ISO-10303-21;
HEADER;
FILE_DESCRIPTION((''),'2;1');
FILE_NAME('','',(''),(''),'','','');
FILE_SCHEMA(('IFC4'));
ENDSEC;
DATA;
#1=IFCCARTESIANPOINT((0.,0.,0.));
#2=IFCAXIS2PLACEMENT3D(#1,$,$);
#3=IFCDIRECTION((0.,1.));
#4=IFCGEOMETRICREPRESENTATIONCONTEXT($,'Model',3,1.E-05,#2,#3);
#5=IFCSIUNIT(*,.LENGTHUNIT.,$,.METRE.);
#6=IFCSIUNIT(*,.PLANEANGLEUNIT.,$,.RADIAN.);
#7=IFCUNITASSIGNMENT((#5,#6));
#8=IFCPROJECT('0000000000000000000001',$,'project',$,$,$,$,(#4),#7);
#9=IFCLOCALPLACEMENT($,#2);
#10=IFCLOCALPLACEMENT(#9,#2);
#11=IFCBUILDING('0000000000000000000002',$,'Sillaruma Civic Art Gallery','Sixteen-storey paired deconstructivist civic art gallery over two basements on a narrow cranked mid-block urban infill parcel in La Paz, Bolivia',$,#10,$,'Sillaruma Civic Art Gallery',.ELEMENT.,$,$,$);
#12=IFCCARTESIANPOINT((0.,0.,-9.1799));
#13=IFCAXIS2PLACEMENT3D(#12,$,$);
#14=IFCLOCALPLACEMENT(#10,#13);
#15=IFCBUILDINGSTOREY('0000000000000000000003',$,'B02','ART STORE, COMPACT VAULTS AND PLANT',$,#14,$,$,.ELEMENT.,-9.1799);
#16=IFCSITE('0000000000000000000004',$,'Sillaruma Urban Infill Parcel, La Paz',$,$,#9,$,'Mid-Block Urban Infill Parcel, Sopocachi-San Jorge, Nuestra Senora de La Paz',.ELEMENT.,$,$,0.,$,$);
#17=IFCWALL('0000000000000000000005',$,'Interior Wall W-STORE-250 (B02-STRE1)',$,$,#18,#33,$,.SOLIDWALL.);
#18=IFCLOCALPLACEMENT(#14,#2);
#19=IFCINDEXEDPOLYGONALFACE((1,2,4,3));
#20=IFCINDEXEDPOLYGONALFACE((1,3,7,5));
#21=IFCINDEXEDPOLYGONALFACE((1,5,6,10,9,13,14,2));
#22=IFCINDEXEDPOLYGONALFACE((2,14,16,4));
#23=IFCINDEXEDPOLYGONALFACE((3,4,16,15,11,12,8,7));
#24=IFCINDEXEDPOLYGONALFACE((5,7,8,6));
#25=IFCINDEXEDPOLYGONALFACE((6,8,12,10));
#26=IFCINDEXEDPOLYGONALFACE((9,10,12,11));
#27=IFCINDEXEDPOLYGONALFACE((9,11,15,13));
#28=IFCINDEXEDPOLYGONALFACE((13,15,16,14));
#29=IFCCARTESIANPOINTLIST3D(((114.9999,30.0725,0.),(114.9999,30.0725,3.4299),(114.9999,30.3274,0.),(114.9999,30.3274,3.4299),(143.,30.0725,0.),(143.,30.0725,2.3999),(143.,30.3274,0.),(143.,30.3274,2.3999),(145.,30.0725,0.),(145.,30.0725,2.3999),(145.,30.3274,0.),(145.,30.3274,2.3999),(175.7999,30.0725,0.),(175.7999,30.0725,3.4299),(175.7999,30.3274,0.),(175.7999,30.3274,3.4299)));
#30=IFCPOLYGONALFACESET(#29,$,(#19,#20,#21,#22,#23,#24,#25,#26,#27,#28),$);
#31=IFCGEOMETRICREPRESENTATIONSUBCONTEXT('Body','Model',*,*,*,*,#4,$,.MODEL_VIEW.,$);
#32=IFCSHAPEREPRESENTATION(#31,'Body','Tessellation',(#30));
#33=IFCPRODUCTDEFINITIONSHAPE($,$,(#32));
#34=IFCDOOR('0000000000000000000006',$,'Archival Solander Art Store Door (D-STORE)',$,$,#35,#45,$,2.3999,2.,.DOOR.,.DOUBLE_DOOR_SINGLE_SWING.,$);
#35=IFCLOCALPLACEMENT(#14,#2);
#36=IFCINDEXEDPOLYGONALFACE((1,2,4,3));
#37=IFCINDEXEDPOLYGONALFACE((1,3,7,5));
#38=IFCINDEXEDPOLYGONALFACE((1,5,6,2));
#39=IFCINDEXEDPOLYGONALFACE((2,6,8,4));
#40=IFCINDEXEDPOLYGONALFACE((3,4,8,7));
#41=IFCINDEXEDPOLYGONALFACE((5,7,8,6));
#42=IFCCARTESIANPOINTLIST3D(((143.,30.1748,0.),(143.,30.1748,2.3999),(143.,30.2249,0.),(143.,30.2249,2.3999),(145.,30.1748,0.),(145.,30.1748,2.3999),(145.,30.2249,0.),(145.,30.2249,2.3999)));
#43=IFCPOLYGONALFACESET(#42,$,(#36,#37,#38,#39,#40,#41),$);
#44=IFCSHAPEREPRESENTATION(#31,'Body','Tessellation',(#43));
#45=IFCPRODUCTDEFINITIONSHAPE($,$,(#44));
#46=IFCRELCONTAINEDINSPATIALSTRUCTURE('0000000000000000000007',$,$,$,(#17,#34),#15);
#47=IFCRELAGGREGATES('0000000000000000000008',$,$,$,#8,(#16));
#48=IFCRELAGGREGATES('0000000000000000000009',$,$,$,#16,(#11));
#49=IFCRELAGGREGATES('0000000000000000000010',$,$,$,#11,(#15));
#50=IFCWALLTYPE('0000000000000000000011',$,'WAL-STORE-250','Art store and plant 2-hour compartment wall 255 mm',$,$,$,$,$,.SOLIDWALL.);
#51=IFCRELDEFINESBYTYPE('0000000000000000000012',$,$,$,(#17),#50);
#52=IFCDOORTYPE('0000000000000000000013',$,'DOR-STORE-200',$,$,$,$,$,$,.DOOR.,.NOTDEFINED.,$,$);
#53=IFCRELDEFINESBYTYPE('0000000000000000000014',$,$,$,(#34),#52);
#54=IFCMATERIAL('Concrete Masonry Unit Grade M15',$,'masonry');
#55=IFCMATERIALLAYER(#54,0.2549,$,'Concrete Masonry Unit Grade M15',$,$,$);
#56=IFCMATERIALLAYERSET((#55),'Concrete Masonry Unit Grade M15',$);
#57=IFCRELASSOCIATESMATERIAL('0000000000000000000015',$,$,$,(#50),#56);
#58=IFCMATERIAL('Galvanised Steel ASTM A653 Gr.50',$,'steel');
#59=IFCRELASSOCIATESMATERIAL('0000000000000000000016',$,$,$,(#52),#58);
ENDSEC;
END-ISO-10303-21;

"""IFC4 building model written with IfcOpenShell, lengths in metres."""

from ifc_helpers import new_model, si_unit, direction, frame, frame_2d, origin, place, context, subcontext, project, spatial, rectangle, extrude, material, layer, layer_set, type_object, element, fill, save


model = new_model("IFC4")

# Units and contexts
model_context = context("Model", 3, precision=1e-05, world=origin(), true_north=direction((0.0, 1.0)))
body_context = subcontext(model_context, "Body", "Model", "MODEL_VIEW")
ifc_project = project(units=[si_unit("LENGTHUNIT", "METRE"), si_unit("PLANEANGLEUNIT", "RADIAN")], contexts=[model_context])

# Site, building, storey
site_placement = place(None, origin())
site = spatial("IfcSite", under=ifc_project, at=site_placement, Name="Sillaruma Urban Infill Parcel, La Paz", LongName="Mid-Block Urban Infill Parcel, Sopocachi-San Jorge, Nuestra Senora de La Paz", CompositionType="ELEMENT", RefElevation=0.0)
building_placement = place(site_placement, origin())
building = spatial("IfcBuilding", under=site, at=building_placement, Name="Sillaruma Civic Art Gallery", Description="Sixteen-storey paired deconstructivist civic art gallery over two basements on a narrow cranked mid-block urban infill parcel in La Paz, Bolivia", LongName="Sillaruma Civic Art Gallery", CompositionType="ELEMENT")
storey_placement = place(building_placement, frame((0.0, 0.0, -9.1799)))
storey = spatial("IfcBuildingStorey", under=building, at=storey_placement, Name="B02", Description="ART STORE, COMPACT VAULTS AND PLANT", CompositionType="ELEMENT", Elevation=-9.1799)

# Wall, opening, door
ifc_material_1 = material(Name="Concrete Masonry Unit Grade M15", Category="masonry")
ifc_layer_1 = layer(ifc_material_1, 0.2549, Name="Concrete Masonry Unit Grade M15")
ifc_layer_set_1 = layer_set([ifc_layer_1], Name="Concrete Masonry Unit Grade M15")
wall_type = type_object("IfcWallType", Name="WAL-STORE-250", Description="Art store and plant 2-hour compartment wall 255 mm", PredefinedType="SOLIDWALL", material=ifc_layer_set_1)
wall_placement = place(storey_placement, frame((115.0, 30.2, 0.0), z_axis=(0.0, 0.0, 1.0), x_axis=(1.0, 0.0, 0.0)))
wall = element("IfcWall", 1, at=wall_placement, inside=storey, type_object=wall_type, Name="Interior Wall W-STORE-250 (B02-STRE1)", PredefinedType="SOLIDWALL", context=body_context, shape_type="SweptSolid", body=[
    extrude(rectangle(XDim=60.8, YDim=0.2549, at=frame_2d((30.3999, 0.0))), origin(), (0.0, 0.0, 1.0), 3.4299),
])
opening_placement = place(wall_placement, frame((28.0, 0.0, 0.0)))
opening = element("IfcOpeningElement", 2, at=opening_placement, cuts=wall, PredefinedType="OPENING", context=body_context, shape_type="SweptSolid", body=[
    extrude(rectangle(XDim=2.0, YDim=2.3999, at=frame_2d((1.0, 1.2))), frame((0.0, 0.1375, 0.0), z_axis=(0.0, -1.0, 0.0), x_axis=(1.0, 0.0, 0.0)), (0.0, 0.0, 1.0), 0.2749),
])
ifc_material_2 = material(Name="Galvanised Steel ASTM A653 Gr.50", Category="steel")
door_type = type_object("IfcDoorType", Name="DOR-STORE-200", OperationType="NOTDEFINED", PredefinedType="DOOR", material=ifc_material_2)
door_placement = place(opening_placement, origin())
door = element("IfcDoor", 3, at=door_placement, inside=storey, type_object=door_type, Name="Archival Solander Art Store Door (D-STORE)", OperationType="DOUBLE_DOOR_SINGLE_SWING", OverallHeight=2.3999, OverallWidth=2.0, PredefinedType="DOOR", context=body_context, shape_type="SweptSolid", body=[
    extrude(rectangle(XDim=2.0, YDim=2.3999, at=frame_2d((1.0, 1.2))), frame((0.0, 0.0249, 0.0), z_axis=(0.0, -1.0, 0.0), x_axis=(1.0, 0.0, 0.0)), (0.0, 0.0, 1.0), 0.05),
])
fill(opening, door)

save(model, "model.ifc")
